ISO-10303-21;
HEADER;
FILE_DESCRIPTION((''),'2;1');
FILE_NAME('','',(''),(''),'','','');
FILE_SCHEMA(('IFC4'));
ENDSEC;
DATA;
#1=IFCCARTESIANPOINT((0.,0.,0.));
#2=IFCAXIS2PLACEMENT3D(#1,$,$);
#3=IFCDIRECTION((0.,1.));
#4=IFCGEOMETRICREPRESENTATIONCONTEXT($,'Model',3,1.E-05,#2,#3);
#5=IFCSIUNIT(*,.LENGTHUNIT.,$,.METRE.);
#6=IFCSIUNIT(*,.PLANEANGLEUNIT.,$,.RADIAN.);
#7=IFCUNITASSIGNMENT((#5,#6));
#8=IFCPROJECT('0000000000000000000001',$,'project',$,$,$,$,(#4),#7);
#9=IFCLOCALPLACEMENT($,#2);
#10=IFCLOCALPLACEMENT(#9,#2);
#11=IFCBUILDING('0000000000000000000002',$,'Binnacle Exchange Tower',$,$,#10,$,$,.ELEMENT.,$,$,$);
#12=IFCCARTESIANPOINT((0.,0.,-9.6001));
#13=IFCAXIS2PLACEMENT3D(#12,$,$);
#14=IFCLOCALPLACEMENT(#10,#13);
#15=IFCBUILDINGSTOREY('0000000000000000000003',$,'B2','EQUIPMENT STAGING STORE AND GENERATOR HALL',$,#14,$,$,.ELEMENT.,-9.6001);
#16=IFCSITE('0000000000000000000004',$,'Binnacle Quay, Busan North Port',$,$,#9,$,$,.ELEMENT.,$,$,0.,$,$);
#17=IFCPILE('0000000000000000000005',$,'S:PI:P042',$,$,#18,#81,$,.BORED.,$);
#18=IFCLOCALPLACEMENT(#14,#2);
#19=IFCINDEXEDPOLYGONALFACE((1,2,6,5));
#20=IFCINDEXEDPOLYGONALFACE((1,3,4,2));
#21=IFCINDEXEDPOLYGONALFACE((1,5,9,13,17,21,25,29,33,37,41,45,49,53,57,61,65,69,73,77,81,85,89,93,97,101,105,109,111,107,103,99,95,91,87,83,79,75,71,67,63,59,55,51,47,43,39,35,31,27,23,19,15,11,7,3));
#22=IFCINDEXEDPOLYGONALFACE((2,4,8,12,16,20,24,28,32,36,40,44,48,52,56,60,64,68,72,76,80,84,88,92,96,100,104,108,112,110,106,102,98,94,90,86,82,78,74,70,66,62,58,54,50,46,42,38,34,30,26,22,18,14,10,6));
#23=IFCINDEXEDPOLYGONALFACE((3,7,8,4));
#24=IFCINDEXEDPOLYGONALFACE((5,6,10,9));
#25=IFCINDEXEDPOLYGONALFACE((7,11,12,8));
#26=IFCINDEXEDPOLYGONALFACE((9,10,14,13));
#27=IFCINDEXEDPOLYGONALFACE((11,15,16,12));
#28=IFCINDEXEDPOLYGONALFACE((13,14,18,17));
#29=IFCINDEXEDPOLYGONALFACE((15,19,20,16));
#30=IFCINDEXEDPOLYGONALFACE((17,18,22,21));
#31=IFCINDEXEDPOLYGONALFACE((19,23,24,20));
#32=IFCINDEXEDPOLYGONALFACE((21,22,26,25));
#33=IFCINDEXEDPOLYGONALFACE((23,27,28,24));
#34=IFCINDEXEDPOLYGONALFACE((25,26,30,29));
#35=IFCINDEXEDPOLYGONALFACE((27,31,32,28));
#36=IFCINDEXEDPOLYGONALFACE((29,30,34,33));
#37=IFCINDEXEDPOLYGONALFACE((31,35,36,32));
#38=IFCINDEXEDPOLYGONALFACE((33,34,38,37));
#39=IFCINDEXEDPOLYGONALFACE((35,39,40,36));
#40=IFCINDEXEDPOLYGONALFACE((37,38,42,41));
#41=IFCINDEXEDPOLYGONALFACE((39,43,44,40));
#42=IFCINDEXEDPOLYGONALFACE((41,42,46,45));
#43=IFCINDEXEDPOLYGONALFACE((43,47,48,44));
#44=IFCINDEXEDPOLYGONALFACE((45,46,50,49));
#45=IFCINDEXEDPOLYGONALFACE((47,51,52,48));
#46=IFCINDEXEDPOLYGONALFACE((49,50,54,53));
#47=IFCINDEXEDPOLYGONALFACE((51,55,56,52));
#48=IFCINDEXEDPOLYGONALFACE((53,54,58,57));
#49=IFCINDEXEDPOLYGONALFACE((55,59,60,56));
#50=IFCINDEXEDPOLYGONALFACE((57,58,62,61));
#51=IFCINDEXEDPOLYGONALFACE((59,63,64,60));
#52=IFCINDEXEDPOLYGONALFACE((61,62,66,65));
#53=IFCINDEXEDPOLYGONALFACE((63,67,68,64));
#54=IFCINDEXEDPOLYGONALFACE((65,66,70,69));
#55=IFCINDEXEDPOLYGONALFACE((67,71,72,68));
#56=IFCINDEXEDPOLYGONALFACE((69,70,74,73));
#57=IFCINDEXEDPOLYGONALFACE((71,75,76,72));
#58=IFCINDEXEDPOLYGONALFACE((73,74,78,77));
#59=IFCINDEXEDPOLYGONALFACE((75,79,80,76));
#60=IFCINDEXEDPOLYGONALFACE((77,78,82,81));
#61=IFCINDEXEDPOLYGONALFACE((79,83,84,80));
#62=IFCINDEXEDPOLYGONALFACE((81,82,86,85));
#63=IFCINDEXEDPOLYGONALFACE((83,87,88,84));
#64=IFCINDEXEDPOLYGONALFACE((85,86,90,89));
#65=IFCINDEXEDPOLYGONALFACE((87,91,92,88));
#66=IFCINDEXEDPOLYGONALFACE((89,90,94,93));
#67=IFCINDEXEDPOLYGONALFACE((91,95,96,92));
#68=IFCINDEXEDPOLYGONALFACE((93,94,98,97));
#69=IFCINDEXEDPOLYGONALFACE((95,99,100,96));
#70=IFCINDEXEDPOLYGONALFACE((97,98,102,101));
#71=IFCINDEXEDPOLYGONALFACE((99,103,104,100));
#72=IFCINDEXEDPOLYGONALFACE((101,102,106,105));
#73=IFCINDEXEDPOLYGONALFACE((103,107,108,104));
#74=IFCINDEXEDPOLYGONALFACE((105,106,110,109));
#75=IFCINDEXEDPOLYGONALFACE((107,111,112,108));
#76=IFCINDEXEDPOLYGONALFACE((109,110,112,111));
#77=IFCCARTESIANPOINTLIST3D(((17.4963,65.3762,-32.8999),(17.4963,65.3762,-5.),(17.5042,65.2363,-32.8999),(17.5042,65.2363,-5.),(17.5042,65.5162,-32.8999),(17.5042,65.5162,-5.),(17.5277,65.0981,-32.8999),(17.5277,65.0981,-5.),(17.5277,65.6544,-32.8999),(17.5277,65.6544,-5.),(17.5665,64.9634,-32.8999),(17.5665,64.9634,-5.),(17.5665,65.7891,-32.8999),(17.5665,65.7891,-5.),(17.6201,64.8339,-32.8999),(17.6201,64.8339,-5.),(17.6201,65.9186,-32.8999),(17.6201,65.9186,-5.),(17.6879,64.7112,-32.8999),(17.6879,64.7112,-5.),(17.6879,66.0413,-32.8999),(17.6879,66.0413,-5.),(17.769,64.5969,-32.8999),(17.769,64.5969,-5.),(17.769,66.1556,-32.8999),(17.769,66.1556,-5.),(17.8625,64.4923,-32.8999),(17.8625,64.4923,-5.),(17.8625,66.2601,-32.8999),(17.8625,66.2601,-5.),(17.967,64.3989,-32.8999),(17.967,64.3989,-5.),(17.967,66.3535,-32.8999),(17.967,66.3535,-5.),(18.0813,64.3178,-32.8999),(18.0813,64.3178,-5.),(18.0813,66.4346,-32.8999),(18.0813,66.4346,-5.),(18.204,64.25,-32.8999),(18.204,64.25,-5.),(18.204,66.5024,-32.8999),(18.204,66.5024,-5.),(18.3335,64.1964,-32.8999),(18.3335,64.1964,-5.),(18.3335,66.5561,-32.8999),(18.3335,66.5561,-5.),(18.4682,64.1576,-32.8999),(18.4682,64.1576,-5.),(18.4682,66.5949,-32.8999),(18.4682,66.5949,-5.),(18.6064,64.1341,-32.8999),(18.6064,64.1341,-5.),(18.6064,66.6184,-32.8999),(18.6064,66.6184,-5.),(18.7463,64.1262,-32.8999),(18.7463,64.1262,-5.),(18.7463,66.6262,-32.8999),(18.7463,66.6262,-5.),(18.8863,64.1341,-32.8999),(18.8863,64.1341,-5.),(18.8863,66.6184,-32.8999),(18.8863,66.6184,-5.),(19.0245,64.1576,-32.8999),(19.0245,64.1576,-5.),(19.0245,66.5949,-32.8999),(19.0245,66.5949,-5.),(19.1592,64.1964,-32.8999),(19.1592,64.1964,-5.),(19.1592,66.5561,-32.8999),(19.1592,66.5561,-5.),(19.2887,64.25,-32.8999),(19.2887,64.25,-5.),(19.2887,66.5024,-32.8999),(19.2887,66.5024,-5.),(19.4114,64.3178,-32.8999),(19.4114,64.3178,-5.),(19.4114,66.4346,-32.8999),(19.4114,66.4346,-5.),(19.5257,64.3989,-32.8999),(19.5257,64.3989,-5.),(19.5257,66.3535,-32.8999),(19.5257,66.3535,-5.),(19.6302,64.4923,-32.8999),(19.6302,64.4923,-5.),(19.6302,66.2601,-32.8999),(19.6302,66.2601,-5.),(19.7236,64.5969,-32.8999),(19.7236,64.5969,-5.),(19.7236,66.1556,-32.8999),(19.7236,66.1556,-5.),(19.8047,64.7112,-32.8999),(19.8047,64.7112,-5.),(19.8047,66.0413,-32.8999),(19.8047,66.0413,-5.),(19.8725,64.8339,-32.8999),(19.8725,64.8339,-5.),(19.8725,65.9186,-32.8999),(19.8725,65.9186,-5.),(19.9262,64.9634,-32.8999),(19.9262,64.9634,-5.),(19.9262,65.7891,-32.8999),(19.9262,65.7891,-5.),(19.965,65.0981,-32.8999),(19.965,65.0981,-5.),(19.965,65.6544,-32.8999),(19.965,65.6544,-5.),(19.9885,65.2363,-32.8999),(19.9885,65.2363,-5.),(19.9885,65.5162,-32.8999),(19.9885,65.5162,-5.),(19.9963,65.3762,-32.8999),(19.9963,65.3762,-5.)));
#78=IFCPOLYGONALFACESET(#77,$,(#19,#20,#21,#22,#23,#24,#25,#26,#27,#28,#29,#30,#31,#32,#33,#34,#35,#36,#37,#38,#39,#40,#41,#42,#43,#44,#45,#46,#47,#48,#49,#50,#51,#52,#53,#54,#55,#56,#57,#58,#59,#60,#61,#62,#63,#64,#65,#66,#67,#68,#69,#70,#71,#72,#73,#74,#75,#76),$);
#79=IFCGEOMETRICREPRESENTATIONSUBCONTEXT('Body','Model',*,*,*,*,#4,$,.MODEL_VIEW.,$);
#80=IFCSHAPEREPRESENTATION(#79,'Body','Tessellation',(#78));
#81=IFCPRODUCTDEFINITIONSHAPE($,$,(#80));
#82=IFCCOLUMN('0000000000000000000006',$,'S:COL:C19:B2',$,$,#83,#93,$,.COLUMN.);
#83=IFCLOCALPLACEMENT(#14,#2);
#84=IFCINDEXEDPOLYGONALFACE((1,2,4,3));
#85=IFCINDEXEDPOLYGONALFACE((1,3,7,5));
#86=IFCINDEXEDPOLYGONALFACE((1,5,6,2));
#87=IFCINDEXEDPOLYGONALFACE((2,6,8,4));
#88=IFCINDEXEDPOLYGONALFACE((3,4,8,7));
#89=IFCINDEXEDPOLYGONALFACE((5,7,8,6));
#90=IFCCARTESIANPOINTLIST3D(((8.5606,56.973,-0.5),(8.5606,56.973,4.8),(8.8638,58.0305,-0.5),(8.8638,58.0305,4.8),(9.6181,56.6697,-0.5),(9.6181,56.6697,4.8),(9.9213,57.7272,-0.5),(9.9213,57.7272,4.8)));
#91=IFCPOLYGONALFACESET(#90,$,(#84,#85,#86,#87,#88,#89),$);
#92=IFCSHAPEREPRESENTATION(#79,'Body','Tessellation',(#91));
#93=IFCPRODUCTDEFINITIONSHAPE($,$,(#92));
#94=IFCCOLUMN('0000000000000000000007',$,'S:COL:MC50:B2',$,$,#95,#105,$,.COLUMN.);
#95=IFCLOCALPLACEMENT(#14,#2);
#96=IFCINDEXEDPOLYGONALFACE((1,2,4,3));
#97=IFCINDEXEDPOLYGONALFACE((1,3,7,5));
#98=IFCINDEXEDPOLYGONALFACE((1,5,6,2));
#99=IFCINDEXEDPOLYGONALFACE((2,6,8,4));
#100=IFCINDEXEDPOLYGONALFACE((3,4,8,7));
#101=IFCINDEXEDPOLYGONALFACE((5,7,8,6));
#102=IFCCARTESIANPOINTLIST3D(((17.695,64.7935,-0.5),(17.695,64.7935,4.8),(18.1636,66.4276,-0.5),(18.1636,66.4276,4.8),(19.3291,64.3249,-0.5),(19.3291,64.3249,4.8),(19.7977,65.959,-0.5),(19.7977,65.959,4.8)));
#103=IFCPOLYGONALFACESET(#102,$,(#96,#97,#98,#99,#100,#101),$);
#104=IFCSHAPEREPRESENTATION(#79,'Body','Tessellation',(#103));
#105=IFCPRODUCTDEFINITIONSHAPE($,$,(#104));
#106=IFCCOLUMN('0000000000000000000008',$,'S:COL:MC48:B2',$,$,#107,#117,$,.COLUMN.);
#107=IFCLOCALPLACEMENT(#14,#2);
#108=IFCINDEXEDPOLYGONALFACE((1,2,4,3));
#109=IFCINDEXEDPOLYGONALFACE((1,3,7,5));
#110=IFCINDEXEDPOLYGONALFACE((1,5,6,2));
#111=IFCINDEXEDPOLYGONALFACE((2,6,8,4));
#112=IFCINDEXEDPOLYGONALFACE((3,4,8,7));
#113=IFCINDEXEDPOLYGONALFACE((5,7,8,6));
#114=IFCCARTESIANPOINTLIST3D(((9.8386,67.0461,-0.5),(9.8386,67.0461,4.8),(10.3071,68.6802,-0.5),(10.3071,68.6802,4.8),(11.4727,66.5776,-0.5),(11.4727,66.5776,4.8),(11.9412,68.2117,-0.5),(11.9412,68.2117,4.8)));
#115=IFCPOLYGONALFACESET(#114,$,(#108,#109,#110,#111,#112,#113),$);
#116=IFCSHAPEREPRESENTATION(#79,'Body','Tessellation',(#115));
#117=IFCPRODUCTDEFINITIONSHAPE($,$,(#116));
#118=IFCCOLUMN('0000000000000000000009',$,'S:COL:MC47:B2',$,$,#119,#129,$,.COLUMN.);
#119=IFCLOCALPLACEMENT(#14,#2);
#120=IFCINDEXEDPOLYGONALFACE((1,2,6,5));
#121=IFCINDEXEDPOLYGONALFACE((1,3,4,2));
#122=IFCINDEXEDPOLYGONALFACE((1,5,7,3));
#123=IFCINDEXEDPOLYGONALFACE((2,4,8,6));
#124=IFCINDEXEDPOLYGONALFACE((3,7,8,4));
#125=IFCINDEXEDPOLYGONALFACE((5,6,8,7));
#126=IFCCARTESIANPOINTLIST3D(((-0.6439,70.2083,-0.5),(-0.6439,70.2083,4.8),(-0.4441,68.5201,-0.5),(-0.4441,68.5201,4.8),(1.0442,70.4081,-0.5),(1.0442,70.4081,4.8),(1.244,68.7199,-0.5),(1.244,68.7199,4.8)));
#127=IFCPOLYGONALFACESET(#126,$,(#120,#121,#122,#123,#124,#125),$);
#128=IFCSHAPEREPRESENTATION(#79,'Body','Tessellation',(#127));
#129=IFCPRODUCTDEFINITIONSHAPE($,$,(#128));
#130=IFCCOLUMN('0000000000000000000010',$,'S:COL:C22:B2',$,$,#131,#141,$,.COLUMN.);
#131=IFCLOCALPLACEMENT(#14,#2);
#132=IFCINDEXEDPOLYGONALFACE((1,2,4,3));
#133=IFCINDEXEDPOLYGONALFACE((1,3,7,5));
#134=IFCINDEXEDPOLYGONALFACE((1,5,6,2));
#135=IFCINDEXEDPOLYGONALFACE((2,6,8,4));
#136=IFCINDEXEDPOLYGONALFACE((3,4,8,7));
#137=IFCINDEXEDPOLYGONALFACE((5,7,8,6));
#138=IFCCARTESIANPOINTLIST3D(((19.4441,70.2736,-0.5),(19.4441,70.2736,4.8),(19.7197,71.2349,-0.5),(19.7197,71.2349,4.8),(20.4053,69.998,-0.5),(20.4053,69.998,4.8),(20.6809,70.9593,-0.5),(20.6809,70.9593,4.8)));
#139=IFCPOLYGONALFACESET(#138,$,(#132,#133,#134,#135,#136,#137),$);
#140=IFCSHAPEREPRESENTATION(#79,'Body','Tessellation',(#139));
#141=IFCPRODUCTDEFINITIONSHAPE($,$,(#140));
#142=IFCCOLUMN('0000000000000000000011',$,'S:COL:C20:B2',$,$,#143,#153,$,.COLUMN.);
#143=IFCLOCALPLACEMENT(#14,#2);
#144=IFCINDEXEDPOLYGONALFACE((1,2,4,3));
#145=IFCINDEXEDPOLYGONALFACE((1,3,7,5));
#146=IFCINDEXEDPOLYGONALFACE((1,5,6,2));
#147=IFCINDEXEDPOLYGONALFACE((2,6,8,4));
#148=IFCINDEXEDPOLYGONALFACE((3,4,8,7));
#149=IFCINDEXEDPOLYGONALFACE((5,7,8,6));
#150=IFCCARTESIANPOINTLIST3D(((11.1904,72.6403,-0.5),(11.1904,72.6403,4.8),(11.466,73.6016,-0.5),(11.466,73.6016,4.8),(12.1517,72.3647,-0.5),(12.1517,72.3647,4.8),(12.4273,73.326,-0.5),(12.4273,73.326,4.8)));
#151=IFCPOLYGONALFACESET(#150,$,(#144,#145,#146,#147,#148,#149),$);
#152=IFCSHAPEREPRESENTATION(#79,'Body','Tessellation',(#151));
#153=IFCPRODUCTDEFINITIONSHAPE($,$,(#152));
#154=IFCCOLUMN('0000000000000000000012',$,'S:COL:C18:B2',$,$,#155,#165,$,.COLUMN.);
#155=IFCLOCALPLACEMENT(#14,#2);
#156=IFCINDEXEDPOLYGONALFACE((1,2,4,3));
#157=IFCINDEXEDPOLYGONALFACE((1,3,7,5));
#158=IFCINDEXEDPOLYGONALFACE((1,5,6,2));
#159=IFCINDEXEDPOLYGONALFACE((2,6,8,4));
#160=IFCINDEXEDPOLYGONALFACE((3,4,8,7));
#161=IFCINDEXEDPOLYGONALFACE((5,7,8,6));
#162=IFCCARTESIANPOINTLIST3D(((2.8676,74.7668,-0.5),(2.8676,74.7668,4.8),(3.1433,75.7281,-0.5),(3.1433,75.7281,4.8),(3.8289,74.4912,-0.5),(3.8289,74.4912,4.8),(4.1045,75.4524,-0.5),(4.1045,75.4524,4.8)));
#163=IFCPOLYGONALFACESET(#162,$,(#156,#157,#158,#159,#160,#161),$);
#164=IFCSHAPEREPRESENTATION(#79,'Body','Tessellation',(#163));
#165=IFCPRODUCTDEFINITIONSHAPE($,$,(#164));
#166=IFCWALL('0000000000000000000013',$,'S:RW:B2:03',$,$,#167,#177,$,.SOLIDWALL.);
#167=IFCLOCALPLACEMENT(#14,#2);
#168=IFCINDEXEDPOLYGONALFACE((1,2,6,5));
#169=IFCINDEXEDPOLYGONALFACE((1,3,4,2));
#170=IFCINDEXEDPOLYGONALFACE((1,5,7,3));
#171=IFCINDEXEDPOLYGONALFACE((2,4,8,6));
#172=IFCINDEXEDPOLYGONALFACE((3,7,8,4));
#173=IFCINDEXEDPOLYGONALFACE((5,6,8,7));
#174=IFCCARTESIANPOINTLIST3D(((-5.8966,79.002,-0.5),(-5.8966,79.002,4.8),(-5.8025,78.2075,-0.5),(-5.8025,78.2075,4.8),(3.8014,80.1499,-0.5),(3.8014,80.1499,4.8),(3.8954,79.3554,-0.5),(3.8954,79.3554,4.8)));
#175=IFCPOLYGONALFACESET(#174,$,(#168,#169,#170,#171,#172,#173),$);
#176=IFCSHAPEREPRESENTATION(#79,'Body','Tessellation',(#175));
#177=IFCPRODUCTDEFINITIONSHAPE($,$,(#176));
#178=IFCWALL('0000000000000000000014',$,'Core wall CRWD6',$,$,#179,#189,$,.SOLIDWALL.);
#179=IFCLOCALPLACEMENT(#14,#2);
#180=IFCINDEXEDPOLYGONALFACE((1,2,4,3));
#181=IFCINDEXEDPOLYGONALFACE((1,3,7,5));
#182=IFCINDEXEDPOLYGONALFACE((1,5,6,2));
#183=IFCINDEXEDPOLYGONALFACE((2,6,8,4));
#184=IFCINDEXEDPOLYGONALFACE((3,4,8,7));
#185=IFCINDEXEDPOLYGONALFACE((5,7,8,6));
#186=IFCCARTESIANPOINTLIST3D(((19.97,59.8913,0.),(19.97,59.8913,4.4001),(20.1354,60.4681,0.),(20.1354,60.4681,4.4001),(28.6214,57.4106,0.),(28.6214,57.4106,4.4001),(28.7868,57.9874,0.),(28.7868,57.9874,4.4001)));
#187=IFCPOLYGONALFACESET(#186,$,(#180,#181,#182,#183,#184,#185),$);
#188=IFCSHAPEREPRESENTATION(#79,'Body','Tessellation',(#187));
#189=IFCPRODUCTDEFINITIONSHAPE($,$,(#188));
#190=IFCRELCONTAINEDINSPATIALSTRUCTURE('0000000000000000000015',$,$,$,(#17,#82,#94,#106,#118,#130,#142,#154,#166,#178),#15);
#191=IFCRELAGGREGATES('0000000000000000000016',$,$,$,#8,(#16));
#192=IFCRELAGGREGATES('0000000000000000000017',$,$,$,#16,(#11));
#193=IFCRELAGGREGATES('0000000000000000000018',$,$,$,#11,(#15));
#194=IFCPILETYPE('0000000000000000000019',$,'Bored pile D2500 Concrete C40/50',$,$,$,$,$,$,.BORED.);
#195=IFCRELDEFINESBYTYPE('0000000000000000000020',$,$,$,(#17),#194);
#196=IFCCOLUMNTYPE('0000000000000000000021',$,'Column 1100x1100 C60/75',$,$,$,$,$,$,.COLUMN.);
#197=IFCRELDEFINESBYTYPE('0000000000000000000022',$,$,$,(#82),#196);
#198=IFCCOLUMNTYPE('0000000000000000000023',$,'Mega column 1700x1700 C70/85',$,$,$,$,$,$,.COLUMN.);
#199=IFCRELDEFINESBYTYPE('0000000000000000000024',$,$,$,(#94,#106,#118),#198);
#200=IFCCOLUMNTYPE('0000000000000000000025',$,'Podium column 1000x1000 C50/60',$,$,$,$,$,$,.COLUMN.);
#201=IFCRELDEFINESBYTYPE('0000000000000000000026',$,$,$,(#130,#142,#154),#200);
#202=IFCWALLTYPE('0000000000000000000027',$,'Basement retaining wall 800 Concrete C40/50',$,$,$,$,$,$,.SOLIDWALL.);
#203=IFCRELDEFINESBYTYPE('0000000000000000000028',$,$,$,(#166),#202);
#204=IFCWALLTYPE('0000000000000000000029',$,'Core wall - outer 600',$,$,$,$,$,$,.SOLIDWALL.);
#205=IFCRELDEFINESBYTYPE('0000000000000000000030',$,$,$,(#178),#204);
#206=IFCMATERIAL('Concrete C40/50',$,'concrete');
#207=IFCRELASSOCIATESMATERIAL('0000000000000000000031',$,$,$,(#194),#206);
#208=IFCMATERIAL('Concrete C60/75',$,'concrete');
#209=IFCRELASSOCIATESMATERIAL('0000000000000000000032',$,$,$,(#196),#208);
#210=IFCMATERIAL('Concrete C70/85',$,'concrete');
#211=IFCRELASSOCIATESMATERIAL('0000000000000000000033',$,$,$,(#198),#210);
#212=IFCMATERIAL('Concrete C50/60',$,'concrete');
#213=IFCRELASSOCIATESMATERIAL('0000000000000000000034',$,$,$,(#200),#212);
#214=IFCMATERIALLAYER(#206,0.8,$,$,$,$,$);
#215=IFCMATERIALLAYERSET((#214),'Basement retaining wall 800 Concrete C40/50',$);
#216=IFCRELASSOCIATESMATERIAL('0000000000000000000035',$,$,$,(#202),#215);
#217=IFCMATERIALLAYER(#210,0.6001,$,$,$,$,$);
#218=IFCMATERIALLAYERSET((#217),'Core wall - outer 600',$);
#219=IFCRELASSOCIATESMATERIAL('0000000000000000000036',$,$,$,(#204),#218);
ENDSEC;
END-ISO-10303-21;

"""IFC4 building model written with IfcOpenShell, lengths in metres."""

from ifc_helpers import new_model, si_unit, direction, frame, frame_2d, origin, origin_2d, place, context, subcontext, project, spatial, rectangle, circle, extrude, material, layer, layer_set, material_profile, profile_set, type_object, element, save


model = new_model("IFC4")

# Units and contexts
model_context = context("Model", 3, precision=1e-05, world=origin(), true_north=direction((0.0, 1.0)))
body_context = subcontext(model_context, "Body", "Model", "MODEL_VIEW")
ifc_project = project(units=[si_unit("LENGTHUNIT", "METRE"), si_unit("PLANEANGLEUNIT", "RADIAN")], contexts=[model_context])

# Site, building, storey
site_placement = place(None, origin())
site = spatial("IfcSite", under=ifc_project, at=site_placement, Name="Binnacle Quay, Busan North Port", CompositionType="ELEMENT", RefElevation=0.0)
building_placement = place(site_placement, origin())
building = spatial("IfcBuilding", under=site, at=building_placement, Name="Binnacle Exchange Tower", CompositionType="ELEMENT")
storey_placement = place(building_placement, frame((0.0, 0.0, -9.6001)))
storey = spatial("IfcBuildingStorey", under=building, at=storey_placement, Name="B2", Description="EQUIPMENT STAGING STORE AND GENERATOR HALL", CompositionType="ELEMENT", Elevation=-9.6001)

# Pile
ifc_material_1 = material(Name="Concrete C40/50", Category="concrete")
ifc_material_profile_1 = material_profile(ifc_material_1, circle(Radius=1.25, at=origin_2d()), Name="Bored pile D2500")
ifc_profile_set_1 = profile_set([ifc_material_profile_1], Name="Concrete C40/50")
pile_type_1 = type_object("IfcPileType", Name="Bored pile D2500 Concrete C40/50", PredefinedType="BORED", material=ifc_profile_set_1)
for number, where, z_axis, x_axis, name in (
    (1, (18.7463, 65.3762, -5.0), (0.0, 0.0, -1.0), (1.0, 0.0, 0.0), "S:PI:P042"),
):
    element("IfcPile", number, at=place(storey_placement, frame(where, z_axis=z_axis, x_axis=x_axis)), inside=storey, type_object=pile_type_1, Name=name, PredefinedType="BORED", context=body_context, shape_type="SweptSolid", body=[
        extrude(circle(Radius=1.25, at=origin_2d()), origin(), (0.0, 0.0, 1.0), 27.8999),
    ])

# Columns
ifc_material_2 = material(Name="Concrete C60/75", Category="concrete")
ifc_material_profile_2 = material_profile(ifc_material_2, rectangle(XDim=1.1001, YDim=1.1001, at=origin_2d()), Name="Column 1100x1100 C60/75")
ifc_profile_set_2 = profile_set([ifc_material_profile_2], Name="Concrete C60/75")
column_type_1 = type_object("IfcColumnType", Name="Column 1100x1100 C60/75", PredefinedType="COLUMN", material=ifc_profile_set_2)
column_placement = place(storey_placement, frame((9.241, 57.3501, -0.5), z_axis=(0.0, 0.0, 1.0), x_axis=(0.961262, -0.275637, 0.0)))
element("IfcColumn", 2, at=column_placement, inside=storey, type_object=column_type_1, Name="S:COL:C19:B2", PredefinedType="COLUMN", context=body_context, shape_type="SweptSolid", body=[
    extrude(rectangle(XDim=1.1001, YDim=1.1001, at=origin_2d()), origin(), (0.0, 0.0, 1.0), 5.3),
])
ifc_material_3 = material(Name="Concrete C70/85", Category="concrete")
ifc_material_profile_3 = material_profile(ifc_material_3, rectangle(XDim=1.7, YDim=1.7, at=origin_2d()), Name="Mega column 1700x1700 C70/85")
ifc_profile_set_3 = profile_set([ifc_material_profile_3], Name="Concrete C70/85")
column_type_2 = type_object("IfcColumnType", Name="Mega column 1700x1700 C70/85", PredefinedType="COLUMN", material=ifc_profile_set_3)
for number, where, z_axis, x_axis, name in (
    (3, (18.7463, 65.3762, -0.5), (0.0, 0.0, 1.0), (-0.961262, 0.275637, 0.0), "S:COL:MC50:B2"),
    (4, (10.8899, 67.6289, -0.5), (0.0, 0.0, 1.0), (-0.961262, 0.275637, 0.0), "S:COL:MC48:B2"),
    (5, (0.3, 69.4641, -0.5), (0.0, 0.0, 1.0), (-0.993068, -0.117537, 0.0), "S:COL:MC47:B2"),
):
    element("IfcColumn", number, at=place(storey_placement, frame(where, z_axis=z_axis, x_axis=x_axis)), inside=storey, type_object=column_type_2, Name=name, PredefinedType="COLUMN", context=body_context, shape_type="SweptSolid", body=[
        extrude(rectangle(XDim=1.7, YDim=1.7, at=origin_2d()), origin(), (0.0, 0.0, 1.0), 5.3),
    ])
ifc_material_4 = material(Name="Concrete C50/60", Category="concrete")
ifc_material_profile_4 = material_profile(ifc_material_4, rectangle(XDim=1.0, YDim=1.0, at=origin_2d()), Name="Podium column 1000x1000 C50/60")
ifc_profile_set_4 = profile_set([ifc_material_profile_4], Name="Concrete C50/60")
column_type_3 = type_object("IfcColumnType", Name="Podium column 1000x1000 C50/60", PredefinedType="COLUMN", material=ifc_profile_set_4)
for number, where, z_axis, x_axis, name in (
    (6, (20.0625, 70.6165, -0.5), (0.0, 0.0, 1.0), (-0.961262, 0.275637, 0.0), "S:COL:C22:B2"),
    (7, (11.8088, 72.9832, -0.5), (0.0, 0.0, 1.0), (-0.961262, 0.275637, 0.0), "S:COL:C20:B2"),
    (8, (3.4861, 75.1096, -0.5), (0.0, 0.0, 1.0), (-0.961262, 0.275637, 0.0), "S:COL:C18:B2"),
):
    element("IfcColumn", number, at=place(storey_placement, frame(where, z_axis=z_axis, x_axis=x_axis)), inside=storey, type_object=column_type_3, Name=name, PredefinedType="COLUMN", context=body_context, shape_type="SweptSolid", body=[
        extrude(rectangle(XDim=1.0, YDim=1.0, at=origin_2d()), origin(), (0.0, 0.0, 1.0), 5.3),
    ])

# Walls
ifc_layer_1 = layer(ifc_material_1, 0.8)
ifc_layer_set_1 = layer_set([ifc_layer_1], Name="Basement retaining wall 800 Concrete C40/50")
wall_type_1 = type_object("IfcWallType", Name="Basement retaining wall 800 Concrete C40/50", PredefinedType="SOLIDWALL", material=ifc_layer_set_1)
wall_1_placement = place(storey_placement, frame((3.8484, 79.7527, -0.5), z_axis=(0.0, 0.0, 1.0), x_axis=(-0.993067, -0.117549, 0.0)))
element("IfcWall", 9, at=wall_1_placement, inside=storey, type_object=wall_type_1, Name="S:RW:B2:03", PredefinedType="SOLIDWALL", context=body_context, shape_type="SweptSolid", body=[
    extrude(rectangle(XDim=9.7656, YDim=0.8, at=frame_2d((4.8828, 0.0))), origin(), (0.0, 0.0, 1.0), 5.3),
])
ifc_layer_2 = layer(ifc_material_3, 0.6001)
ifc_layer_set_2 = layer_set([ifc_layer_2], Name="Core wall - outer 600")
wall_type_2 = type_object("IfcWallType", Name="Core wall - outer 600", PredefinedType="SOLIDWALL", material=ifc_layer_set_2)
wall_2_placement = place(storey_placement, frame((20.0527, 60.1797, 0.0), z_axis=(0.0, 0.0, 1.0), x_axis=(0.961262, -0.275635, 0.0)))
element("IfcWall", 10, at=wall_2_placement, inside=storey, type_object=wall_type_2, Name="Core wall CRWD6", PredefinedType="SOLIDWALL", context=body_context, shape_type="SweptSolid", body=[
    extrude(rectangle(XDim=9.0, YDim=0.6001, at=frame_2d((4.5, 0.0))), origin(), (0.0, 0.0, 1.0), 4.4001),
])

save(model, "model.ifc")
